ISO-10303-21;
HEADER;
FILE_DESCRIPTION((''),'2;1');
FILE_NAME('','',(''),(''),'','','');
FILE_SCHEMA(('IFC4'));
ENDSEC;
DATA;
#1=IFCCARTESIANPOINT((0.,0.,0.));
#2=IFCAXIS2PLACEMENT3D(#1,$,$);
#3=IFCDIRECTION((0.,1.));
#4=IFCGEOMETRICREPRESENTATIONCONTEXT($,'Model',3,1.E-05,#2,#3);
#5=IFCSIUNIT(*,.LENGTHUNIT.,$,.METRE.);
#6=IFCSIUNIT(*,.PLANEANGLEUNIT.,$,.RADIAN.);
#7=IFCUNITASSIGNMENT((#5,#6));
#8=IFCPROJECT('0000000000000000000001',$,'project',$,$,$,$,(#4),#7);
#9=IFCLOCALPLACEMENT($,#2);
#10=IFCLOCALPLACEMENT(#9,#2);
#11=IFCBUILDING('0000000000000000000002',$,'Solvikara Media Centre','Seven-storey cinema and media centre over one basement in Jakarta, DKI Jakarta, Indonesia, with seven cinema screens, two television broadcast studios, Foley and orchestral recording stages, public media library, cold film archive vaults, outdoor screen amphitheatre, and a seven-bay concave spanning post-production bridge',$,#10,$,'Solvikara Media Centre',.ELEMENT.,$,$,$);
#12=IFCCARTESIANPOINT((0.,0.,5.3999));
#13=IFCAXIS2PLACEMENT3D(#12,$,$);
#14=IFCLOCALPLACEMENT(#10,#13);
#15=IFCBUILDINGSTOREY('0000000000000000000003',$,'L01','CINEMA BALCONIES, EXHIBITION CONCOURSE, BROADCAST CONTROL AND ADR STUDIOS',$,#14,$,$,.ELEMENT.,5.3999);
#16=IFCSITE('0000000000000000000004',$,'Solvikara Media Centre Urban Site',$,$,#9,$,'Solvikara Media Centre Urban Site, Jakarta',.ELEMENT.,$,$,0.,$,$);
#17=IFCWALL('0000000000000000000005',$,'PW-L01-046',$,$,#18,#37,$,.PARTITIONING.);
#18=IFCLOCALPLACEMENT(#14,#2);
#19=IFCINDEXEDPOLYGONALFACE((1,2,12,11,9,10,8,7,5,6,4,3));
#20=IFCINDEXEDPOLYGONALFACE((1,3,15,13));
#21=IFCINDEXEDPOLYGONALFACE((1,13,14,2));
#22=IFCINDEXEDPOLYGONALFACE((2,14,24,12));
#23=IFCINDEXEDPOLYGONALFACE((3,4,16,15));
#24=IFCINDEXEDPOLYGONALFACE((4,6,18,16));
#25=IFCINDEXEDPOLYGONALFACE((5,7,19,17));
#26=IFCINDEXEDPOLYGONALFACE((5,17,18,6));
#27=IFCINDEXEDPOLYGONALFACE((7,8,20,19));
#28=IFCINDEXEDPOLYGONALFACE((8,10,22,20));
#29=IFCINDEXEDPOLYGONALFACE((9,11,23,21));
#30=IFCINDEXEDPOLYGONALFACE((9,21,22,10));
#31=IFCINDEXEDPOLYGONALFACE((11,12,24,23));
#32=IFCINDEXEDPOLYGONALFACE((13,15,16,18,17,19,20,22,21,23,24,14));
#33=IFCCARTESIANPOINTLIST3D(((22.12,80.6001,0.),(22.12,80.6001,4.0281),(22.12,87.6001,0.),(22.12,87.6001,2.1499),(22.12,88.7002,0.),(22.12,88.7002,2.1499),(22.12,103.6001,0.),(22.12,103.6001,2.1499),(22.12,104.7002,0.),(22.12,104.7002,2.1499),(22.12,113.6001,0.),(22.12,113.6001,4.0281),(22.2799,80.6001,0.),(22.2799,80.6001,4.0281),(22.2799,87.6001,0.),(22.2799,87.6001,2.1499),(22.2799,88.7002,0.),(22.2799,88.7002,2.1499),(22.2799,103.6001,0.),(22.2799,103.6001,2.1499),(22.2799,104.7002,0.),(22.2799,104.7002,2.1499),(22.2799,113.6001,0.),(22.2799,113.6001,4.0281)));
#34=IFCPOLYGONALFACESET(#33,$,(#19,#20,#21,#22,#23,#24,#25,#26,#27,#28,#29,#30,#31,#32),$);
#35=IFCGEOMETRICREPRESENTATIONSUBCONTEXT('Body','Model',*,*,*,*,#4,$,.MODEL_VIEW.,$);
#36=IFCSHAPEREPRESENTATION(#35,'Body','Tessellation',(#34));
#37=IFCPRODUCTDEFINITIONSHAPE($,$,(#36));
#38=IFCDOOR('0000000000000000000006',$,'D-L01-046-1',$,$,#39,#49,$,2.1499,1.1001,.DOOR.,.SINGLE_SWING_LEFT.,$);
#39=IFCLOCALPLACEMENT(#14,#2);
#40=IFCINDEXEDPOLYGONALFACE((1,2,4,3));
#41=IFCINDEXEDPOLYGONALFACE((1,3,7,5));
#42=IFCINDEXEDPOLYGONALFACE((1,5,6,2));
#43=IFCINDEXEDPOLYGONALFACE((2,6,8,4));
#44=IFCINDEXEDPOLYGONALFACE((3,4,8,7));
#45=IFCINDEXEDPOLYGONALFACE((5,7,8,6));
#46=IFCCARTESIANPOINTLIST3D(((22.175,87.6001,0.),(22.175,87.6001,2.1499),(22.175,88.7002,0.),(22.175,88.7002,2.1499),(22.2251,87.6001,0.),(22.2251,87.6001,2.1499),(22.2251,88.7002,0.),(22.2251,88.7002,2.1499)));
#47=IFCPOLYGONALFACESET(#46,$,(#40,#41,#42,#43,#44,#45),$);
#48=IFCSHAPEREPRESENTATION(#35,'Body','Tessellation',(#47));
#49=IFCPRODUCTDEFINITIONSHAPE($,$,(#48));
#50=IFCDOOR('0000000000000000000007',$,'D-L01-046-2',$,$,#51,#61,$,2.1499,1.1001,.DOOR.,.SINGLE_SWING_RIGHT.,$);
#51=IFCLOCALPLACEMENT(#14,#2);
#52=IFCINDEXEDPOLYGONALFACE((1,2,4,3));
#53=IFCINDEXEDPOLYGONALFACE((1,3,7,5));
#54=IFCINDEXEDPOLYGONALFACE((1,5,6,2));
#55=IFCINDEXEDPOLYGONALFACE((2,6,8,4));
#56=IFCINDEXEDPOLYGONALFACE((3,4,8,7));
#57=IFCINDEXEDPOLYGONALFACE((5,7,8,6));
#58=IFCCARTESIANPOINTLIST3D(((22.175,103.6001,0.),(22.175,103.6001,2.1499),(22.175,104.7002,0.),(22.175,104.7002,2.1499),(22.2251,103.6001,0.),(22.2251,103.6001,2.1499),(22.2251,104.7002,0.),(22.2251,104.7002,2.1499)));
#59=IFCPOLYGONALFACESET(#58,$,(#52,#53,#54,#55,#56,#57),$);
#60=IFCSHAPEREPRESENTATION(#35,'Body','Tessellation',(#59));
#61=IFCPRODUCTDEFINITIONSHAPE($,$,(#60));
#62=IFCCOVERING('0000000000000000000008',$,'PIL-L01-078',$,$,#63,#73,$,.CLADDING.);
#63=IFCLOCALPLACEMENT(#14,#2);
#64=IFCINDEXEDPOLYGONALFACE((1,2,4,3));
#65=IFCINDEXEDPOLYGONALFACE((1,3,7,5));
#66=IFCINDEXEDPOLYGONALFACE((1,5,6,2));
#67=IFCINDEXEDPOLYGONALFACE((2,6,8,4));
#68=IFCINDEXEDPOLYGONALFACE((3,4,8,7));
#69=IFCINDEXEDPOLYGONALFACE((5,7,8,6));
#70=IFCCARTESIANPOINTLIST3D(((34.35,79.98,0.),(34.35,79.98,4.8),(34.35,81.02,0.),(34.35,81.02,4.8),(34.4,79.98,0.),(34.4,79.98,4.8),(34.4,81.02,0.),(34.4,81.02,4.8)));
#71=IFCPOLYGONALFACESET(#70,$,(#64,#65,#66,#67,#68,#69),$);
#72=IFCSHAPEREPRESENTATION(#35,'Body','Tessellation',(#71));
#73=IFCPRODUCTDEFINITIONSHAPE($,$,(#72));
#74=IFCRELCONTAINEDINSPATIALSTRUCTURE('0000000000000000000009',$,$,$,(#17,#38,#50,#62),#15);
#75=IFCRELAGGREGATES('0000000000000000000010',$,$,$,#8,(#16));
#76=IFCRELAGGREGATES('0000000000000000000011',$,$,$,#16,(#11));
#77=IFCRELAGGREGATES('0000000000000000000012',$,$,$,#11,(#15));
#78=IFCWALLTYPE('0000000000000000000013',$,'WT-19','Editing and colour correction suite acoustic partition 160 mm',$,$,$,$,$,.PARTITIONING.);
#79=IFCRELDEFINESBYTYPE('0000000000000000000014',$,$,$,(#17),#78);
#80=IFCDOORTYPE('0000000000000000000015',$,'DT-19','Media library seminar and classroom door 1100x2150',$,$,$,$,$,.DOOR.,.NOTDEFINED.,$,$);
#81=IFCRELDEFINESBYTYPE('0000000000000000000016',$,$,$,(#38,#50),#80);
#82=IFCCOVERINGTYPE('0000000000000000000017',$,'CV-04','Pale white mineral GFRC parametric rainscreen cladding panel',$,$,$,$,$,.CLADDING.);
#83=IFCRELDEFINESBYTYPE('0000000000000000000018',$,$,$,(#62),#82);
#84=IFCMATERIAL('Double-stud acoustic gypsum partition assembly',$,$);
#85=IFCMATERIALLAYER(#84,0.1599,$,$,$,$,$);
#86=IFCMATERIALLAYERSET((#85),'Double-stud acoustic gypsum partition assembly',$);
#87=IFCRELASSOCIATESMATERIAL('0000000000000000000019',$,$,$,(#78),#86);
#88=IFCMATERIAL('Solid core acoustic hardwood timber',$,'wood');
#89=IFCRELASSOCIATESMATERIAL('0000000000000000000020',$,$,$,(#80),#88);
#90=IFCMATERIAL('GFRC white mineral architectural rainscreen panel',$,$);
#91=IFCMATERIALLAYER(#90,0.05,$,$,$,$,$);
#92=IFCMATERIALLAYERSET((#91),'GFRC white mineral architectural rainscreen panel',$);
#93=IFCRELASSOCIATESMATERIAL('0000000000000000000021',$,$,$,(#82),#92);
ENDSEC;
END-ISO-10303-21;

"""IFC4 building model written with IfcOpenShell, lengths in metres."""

from ifc_helpers import new_model, si_unit, direction, frame, frame_2d, origin, origin_2d, place, context, subcontext, project, spatial, rectangle, extrude, material, layer, layer_set, type_object, element, fill, save


model = new_model("IFC4")

# Units and contexts
model_context = context("Model", 3, precision=1e-05, world=origin(), true_north=direction((0.0, 1.0)))
body_context = subcontext(model_context, "Body", "Model", "MODEL_VIEW")
ifc_project = project(units=[si_unit("LENGTHUNIT", "METRE"), si_unit("PLANEANGLEUNIT", "RADIAN")], contexts=[model_context])

# Site, building, storey
site_placement = place(None, origin())
site = spatial("IfcSite", under=ifc_project, at=site_placement, Name="Solvikara Media Centre Urban Site", LongName="Solvikara Media Centre Urban Site, Jakarta", CompositionType="ELEMENT", RefElevation=0.0)
building_placement = place(site_placement, origin())
building = spatial("IfcBuilding", under=site, at=building_placement, Name="Solvikara Media Centre", Description="Seven-storey cinema and media centre over one basement in Jakarta, DKI Jakarta, Indonesia, with seven cinema screens, two television broadcast studios, Foley and orchestral recording stages, public media library, cold film archive vaults, outdoor screen amphitheatre, and a seven-bay concave spanning post-production bridge", LongName="Solvikara Media Centre", CompositionType="ELEMENT")
storey_placement = place(building_placement, frame((0.0, 0.0, 5.3999)))
storey = spatial("IfcBuildingStorey", under=building, at=storey_placement, Name="L01", Description="CINEMA BALCONIES, EXHIBITION CONCOURSE, BROADCAST CONTROL AND ADR STUDIOS", CompositionType="ELEMENT", Elevation=5.3999)

# Wall, openings, doors
ifc_material_1 = material(Name="Double-stud acoustic gypsum partition assembly")
ifc_layer_1 = layer(ifc_material_1, 0.1599)
ifc_layer_set_1 = layer_set([ifc_layer_1], Name="Double-stud acoustic gypsum partition assembly")
wall_type = type_object("IfcWallType", Name="WT-19", Description="Editing and colour correction suite acoustic partition 160 mm", PredefinedType="PARTITIONING", material=ifc_layer_set_1)
wall_placement = place(storey_placement, frame((22.2, 80.6001, 0.0), z_axis=(0.0, 0.0, 1.0), x_axis=(0.0, 1.0, 0.0)))
wall = element("IfcWall", 1, at=wall_placement, inside=storey, type_object=wall_type, Name="PW-L01-046", PredefinedType="PARTITIONING", context=body_context, shape_type="SweptSolid", body=[
    extrude(rectangle(XDim=33.0, YDim=0.1599, at=frame_2d((16.5, 0.0))), origin(), (0.0, 0.0, 1.0), 4.0281),
])
opening_1_placement = place(wall_placement, frame((7.0, 0.0, 0.0)))
opening_1 = element("IfcOpeningElement", 2, at=opening_1_placement, cuts=wall, PredefinedType="OPENING", context=body_context, shape_type="SweptSolid", body=[
    extrude(rectangle(XDim=1.1001, YDim=2.1499, at=frame_2d((0.55, 1.075))), frame((0.0, 0.0918, 0.0), z_axis=(0.0, -1.0, 0.0), x_axis=(1.0, 0.0, 0.0)), (0.0, 0.0, 1.0), 0.1838),
])
opening_2_placement = place(wall_placement, frame((23.0, 0.0, 0.0)))
opening_2 = element("IfcOpeningElement", 3, at=opening_2_placement, cuts=wall, PredefinedType="OPENING", context=body_context, shape_type="SweptSolid", body=[
    extrude(rectangle(XDim=1.1001, YDim=2.1499, at=frame_2d((0.55, 1.075))), frame((0.0, 0.0918, 0.0), z_axis=(0.0, -1.0, 0.0), x_axis=(1.0, 0.0, 0.0)), (0.0, 0.0, 1.0), 0.1838),
])
ifc_material_2 = material(Name="Solid core acoustic hardwood timber", Category="wood")
door_type = type_object("IfcDoorType", Name="DT-19", Description="Media library seminar and classroom door 1100x2150", OperationType="NOTDEFINED", PredefinedType="DOOR", material=ifc_material_2)
door_1_placement = place(opening_1_placement, origin())
door_1 = element("IfcDoor", 4, at=door_1_placement, inside=storey, type_object=door_type, Name="D-L01-046-1", OperationType="SINGLE_SWING_LEFT", OverallHeight=2.1499, OverallWidth=1.1001, PredefinedType="DOOR", context=body_context, shape_type="SweptSolid", body=[
    extrude(rectangle(XDim=1.1001, YDim=2.1499, at=frame_2d((0.55, 1.075))), frame((0.0, 0.0249, 0.0), z_axis=(0.0, -1.0, 0.0), x_axis=(1.0, 0.0, 0.0)), (0.0, 0.0, 1.0), 0.05),
])
fill(opening_1, door_1)
door_2_placement = place(opening_2_placement, origin())
door_2 = element("IfcDoor", 5, at=door_2_placement, inside=storey, type_object=door_type, Name="D-L01-046-2", OperationType="SINGLE_SWING_RIGHT", OverallHeight=2.1499, OverallWidth=1.1001, PredefinedType="DOOR", context=body_context, shape_type="SweptSolid", body=[
    extrude(rectangle(XDim=1.1001, YDim=2.1499, at=frame_2d((0.55, 1.075))), frame((0.0, 0.0249, 0.0), z_axis=(0.0, -1.0, 0.0), x_axis=(1.0, 0.0, 0.0)), (0.0, 0.0, 1.0), 0.05),
])
fill(opening_2, door_2)

# Covering
ifc_material_3 = material(Name="GFRC white mineral architectural rainscreen panel")
ifc_layer_2 = layer(ifc_material_3, 0.05)
ifc_layer_set_2 = layer_set([ifc_layer_2], Name="GFRC white mineral architectural rainscreen panel")
covering_type = type_object("IfcCoveringType", Name="CV-04", Description="Pale white mineral GFRC parametric rainscreen cladding panel", PredefinedType="CLADDING", material=ifc_layer_set_2)
covering_placement = place(storey_placement, frame((34.375, 80.5, 0.0), z_axis=(0.0, 0.0, 1.0), x_axis=(0.0, 1.0, 0.0)))
element("IfcCovering", 6, at=covering_placement, inside=storey, type_object=covering_type, Name="PIL-L01-078", PredefinedType="CLADDING", context=body_context, shape_type="SweptSolid", body=[
    extrude(rectangle(XDim=1.04, YDim=0.05, at=origin_2d()), origin(), (0.0, 0.0, 1.0), 4.8),
])

save(model, "model.ifc")
